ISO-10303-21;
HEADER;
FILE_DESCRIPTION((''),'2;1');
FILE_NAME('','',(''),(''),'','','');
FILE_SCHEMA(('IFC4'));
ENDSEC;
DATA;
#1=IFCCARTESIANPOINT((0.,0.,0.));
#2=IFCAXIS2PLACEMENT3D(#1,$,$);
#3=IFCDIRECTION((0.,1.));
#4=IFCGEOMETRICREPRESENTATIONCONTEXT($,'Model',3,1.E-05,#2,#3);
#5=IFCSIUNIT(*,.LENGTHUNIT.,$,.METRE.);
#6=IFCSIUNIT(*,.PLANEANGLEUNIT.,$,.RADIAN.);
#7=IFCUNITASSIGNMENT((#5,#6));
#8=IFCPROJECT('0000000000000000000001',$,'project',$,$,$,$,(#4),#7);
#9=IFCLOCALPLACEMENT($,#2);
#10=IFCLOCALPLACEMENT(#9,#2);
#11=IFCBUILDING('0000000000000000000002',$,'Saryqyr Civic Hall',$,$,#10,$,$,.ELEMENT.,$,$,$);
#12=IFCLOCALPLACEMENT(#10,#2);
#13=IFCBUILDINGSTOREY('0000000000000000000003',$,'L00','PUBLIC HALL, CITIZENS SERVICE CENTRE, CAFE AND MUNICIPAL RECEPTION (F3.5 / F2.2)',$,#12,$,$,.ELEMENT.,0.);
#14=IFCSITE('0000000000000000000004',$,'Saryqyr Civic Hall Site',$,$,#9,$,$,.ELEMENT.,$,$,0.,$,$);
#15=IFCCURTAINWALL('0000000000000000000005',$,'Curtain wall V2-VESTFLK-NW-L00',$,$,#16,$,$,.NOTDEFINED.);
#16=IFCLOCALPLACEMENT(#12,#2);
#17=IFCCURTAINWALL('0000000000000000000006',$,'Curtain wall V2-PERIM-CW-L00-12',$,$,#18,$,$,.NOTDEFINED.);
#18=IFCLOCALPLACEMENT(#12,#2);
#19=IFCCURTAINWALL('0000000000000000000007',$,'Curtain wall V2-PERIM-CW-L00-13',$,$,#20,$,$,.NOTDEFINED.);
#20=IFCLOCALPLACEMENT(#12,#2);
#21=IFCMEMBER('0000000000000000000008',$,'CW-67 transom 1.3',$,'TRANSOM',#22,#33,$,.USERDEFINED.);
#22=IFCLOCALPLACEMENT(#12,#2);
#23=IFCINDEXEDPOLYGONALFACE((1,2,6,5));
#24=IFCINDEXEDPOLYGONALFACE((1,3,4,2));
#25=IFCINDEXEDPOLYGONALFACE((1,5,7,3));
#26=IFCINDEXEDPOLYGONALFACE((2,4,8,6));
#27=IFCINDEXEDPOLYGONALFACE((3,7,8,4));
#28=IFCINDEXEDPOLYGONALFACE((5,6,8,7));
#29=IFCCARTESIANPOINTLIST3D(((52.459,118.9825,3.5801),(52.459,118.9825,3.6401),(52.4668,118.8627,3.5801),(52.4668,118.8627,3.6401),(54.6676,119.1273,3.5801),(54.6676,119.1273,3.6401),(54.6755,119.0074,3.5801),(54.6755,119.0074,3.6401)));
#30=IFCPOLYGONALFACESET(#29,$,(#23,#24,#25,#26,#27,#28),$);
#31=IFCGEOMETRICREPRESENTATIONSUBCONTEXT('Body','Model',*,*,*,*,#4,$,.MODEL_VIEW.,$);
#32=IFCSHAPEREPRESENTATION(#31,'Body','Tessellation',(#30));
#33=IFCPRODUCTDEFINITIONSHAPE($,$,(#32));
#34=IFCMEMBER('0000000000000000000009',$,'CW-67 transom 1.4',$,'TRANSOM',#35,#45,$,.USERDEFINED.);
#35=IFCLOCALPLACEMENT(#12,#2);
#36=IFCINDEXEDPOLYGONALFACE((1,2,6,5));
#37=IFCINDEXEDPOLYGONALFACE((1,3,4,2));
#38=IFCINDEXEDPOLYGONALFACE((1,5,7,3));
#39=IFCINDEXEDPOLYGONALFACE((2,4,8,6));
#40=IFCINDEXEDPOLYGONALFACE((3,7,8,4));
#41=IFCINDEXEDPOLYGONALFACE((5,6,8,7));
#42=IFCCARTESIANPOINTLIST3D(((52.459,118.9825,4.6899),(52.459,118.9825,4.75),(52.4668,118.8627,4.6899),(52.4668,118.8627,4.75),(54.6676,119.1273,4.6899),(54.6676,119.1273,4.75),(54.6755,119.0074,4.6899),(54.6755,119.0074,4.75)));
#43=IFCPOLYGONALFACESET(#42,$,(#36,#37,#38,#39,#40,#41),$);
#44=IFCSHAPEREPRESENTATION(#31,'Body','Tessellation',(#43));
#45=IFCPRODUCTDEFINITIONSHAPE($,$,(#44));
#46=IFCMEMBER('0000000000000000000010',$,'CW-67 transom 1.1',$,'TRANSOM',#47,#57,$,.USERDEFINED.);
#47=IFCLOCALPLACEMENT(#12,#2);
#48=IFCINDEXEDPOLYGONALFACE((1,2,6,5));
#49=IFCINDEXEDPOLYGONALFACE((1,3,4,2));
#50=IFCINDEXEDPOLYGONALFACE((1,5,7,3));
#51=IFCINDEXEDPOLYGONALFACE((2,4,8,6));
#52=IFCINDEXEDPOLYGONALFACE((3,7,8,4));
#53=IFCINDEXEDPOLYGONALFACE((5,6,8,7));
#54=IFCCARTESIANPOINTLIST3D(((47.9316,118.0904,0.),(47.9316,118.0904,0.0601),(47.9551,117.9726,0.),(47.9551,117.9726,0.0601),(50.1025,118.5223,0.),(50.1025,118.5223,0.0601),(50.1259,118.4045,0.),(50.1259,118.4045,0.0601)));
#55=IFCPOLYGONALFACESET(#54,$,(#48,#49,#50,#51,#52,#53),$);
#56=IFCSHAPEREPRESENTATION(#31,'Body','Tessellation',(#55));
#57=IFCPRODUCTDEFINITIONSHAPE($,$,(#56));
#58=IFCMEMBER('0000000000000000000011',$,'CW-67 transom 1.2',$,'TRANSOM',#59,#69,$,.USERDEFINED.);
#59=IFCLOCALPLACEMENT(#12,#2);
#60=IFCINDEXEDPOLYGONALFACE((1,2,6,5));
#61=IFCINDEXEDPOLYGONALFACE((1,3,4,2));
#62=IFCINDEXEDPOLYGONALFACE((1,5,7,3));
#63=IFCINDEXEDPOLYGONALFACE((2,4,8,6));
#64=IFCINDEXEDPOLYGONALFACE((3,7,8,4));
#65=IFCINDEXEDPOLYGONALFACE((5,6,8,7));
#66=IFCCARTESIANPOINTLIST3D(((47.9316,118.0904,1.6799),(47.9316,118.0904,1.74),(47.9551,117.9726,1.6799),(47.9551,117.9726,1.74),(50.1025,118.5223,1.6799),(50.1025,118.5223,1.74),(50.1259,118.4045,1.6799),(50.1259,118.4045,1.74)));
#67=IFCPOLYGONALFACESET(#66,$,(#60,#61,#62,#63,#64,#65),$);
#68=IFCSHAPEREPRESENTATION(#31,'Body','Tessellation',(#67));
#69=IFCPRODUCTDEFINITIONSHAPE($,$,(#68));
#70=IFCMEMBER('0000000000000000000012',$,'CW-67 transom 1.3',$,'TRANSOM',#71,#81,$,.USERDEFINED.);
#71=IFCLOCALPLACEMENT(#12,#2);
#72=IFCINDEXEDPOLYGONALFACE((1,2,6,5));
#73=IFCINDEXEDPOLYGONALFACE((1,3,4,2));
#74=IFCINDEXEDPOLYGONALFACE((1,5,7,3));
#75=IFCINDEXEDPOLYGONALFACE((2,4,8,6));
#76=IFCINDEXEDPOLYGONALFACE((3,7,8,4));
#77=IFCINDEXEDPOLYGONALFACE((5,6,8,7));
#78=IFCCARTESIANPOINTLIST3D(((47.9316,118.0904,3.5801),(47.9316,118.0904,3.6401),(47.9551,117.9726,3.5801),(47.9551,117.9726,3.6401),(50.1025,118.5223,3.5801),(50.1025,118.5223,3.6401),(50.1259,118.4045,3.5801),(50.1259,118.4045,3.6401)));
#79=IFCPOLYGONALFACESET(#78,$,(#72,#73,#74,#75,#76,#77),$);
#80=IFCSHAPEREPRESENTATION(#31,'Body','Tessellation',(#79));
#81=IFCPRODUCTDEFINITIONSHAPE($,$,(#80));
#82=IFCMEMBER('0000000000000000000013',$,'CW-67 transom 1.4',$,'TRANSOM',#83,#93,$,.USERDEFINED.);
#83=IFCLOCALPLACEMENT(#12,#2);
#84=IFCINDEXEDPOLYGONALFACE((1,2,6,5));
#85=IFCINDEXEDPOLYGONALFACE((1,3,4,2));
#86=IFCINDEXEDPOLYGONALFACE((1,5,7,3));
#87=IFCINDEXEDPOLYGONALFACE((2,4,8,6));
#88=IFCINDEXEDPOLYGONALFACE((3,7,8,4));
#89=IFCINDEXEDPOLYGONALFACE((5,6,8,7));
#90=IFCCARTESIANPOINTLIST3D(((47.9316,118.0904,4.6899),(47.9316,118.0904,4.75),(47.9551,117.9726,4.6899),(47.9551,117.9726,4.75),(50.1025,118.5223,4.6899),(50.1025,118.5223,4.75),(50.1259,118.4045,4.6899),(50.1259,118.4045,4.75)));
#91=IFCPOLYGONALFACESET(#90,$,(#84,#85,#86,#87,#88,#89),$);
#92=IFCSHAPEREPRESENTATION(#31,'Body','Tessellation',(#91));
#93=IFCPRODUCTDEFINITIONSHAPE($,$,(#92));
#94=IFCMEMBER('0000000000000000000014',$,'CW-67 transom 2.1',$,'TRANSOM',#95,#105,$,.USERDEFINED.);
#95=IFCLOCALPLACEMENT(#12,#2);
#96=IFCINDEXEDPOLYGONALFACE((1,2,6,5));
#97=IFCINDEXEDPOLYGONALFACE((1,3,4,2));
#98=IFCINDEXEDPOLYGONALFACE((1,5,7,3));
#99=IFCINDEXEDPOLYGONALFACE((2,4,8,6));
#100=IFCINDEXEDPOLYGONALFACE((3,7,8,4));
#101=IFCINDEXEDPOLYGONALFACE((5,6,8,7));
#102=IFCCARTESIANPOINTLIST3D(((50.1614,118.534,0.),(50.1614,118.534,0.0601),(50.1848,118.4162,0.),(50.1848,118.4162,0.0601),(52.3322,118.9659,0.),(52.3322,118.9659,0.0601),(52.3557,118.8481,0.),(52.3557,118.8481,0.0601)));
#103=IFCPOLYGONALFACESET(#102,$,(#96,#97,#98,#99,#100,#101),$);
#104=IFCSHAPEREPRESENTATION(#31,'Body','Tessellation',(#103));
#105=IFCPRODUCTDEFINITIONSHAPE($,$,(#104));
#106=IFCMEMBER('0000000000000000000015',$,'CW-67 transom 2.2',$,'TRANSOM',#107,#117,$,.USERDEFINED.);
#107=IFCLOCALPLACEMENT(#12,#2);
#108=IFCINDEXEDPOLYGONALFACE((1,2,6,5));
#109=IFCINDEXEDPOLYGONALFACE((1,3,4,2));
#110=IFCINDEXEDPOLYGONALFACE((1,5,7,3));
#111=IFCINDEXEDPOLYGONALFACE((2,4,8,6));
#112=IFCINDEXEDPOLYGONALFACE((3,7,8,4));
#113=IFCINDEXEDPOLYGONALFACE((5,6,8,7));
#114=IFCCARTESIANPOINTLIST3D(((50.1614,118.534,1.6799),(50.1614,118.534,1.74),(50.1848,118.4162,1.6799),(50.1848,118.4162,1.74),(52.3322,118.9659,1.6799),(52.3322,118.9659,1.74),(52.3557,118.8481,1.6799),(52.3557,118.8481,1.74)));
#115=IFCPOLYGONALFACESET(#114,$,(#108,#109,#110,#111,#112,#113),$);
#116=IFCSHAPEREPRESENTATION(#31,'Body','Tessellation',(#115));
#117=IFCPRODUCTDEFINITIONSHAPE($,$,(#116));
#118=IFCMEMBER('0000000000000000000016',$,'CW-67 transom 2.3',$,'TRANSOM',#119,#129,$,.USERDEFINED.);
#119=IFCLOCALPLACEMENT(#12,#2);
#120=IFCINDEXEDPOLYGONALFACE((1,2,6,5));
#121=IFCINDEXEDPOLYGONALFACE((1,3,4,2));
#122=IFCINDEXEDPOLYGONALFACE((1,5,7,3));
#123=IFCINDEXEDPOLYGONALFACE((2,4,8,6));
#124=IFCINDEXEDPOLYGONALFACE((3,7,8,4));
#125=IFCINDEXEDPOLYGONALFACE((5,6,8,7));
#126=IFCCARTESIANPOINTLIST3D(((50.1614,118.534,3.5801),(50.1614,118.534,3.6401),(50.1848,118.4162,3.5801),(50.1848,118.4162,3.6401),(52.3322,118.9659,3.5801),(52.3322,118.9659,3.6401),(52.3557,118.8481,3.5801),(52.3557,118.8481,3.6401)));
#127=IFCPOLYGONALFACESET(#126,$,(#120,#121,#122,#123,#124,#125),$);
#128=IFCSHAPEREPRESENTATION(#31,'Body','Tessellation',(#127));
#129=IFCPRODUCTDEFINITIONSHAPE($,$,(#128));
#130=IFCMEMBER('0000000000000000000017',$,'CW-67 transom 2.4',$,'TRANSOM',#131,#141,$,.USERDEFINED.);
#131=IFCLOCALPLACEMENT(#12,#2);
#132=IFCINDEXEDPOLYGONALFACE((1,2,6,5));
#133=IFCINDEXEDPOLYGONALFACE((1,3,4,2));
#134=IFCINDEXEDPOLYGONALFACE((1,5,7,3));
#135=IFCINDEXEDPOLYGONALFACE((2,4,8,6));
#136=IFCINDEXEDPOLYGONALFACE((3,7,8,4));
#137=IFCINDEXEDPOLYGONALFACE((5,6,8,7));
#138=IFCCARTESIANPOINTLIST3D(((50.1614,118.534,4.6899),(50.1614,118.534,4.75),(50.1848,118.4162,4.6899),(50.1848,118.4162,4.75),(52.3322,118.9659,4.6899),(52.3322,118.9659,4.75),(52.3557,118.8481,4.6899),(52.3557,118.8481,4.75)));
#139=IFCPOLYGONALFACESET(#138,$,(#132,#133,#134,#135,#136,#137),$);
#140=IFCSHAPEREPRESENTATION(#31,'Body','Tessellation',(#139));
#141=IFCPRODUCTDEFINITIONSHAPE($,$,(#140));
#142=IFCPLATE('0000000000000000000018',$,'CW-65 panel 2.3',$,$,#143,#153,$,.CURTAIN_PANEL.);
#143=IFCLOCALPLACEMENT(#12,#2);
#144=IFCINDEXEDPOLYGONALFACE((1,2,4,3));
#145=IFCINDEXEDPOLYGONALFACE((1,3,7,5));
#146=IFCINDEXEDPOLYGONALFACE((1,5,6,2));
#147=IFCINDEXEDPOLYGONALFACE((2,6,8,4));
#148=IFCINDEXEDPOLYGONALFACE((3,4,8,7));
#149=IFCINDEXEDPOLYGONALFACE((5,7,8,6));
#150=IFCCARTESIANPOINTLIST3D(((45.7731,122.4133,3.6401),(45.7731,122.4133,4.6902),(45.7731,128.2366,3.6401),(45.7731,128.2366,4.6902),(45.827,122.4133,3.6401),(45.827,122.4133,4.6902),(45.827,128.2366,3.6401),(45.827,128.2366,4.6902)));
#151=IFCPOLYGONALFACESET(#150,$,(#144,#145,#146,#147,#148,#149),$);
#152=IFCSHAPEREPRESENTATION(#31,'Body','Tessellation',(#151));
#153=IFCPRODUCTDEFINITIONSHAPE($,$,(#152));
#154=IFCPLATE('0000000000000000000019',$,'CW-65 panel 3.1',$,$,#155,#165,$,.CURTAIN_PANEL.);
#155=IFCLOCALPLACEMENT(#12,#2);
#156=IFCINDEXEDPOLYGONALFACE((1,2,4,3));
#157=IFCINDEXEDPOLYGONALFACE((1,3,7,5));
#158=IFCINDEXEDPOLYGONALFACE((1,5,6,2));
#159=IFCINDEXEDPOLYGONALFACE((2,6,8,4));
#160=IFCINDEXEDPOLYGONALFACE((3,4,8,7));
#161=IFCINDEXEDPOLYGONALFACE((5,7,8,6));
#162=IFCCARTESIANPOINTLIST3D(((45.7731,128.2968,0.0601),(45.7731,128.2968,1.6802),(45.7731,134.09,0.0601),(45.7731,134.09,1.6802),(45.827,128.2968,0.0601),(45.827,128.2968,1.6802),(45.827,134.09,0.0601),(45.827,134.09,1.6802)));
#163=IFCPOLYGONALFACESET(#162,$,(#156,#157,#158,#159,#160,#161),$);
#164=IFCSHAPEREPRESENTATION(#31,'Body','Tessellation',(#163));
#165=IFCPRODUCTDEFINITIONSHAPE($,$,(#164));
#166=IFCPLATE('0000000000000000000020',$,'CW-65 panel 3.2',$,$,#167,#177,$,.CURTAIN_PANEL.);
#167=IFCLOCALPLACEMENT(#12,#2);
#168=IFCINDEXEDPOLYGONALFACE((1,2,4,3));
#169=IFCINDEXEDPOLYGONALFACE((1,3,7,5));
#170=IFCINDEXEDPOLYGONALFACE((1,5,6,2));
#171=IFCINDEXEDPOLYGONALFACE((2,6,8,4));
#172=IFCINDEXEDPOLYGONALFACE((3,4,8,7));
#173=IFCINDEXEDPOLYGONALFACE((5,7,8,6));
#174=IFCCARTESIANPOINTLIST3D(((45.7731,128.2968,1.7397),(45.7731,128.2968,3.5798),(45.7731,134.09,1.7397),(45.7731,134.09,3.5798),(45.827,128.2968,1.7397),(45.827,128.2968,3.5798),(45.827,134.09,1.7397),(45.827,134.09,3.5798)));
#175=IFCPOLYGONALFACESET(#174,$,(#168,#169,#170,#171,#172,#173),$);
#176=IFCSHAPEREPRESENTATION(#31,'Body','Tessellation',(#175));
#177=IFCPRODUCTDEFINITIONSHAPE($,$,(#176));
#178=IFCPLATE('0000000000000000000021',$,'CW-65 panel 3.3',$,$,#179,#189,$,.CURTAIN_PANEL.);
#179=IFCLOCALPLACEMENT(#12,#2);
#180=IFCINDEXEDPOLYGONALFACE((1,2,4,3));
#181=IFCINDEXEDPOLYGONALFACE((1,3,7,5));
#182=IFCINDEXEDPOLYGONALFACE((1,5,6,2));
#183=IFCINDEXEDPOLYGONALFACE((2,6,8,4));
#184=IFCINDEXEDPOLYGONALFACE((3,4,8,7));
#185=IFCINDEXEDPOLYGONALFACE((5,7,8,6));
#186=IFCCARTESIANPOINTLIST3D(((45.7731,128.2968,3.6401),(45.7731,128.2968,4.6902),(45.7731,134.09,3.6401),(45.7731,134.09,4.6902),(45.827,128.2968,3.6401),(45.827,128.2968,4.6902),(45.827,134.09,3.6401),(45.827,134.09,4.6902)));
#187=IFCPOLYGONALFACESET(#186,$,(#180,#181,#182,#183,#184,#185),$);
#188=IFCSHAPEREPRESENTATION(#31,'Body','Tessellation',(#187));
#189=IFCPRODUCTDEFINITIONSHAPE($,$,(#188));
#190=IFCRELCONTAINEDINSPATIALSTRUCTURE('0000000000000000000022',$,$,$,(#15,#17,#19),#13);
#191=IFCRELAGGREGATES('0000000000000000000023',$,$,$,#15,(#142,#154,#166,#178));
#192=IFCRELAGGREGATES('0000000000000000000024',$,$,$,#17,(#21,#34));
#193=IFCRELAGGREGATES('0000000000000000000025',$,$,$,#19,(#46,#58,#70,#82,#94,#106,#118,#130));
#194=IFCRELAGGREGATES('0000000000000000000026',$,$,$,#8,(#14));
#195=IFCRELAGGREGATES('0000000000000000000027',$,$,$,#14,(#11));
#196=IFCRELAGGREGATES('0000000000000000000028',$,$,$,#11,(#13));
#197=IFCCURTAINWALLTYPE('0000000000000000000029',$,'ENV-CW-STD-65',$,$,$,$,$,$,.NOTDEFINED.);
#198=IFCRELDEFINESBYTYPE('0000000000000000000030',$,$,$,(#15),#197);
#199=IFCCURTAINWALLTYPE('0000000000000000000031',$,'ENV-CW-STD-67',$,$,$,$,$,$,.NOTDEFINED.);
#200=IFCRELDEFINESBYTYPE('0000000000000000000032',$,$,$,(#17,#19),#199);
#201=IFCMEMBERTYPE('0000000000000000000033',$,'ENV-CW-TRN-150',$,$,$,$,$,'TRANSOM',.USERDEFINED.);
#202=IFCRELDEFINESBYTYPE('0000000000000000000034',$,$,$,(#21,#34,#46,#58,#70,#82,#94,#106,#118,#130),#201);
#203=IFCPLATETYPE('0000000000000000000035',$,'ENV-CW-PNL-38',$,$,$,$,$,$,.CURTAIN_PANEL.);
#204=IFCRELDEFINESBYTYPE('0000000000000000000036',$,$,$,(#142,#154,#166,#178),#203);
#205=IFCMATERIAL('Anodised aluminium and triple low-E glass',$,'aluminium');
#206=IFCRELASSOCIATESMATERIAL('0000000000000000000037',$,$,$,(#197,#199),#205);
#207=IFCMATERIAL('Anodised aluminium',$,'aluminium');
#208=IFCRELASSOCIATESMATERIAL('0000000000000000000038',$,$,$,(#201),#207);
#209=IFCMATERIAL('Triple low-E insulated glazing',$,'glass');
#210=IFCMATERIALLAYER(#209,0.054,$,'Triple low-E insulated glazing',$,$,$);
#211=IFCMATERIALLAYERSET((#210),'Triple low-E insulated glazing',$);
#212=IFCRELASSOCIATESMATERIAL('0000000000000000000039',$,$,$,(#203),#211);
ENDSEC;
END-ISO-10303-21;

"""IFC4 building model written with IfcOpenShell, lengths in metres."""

from ifc_helpers import new_model, si_unit, direction, frame, origin, origin_2d, place, context, subcontext, project, spatial, rectangle, extrude, material, layer, layer_set, material_profile, profile_set, type_object, element, aggregate, save


model = new_model("IFC4")

# Units and contexts
model_context = context("Model", 3, precision=1e-05, world=origin(), true_north=direction((0.0, 1.0)))
body_context = subcontext(model_context, "Body", "Model", "MODEL_VIEW")
ifc_project = project(units=[si_unit("LENGTHUNIT", "METRE"), si_unit("PLANEANGLEUNIT", "RADIAN")], contexts=[model_context])

# Site, building, storey
site_placement = place(None, origin())
site = spatial("IfcSite", under=ifc_project, at=site_placement, Name="Saryqyr Civic Hall Site", CompositionType="ELEMENT", RefElevation=0.0)
building_placement = place(site_placement, origin())
building = spatial("IfcBuilding", under=site, at=building_placement, Name="Saryqyr Civic Hall", CompositionType="ELEMENT")
storey_placement = place(building_placement, origin())
storey = spatial("IfcBuildingStorey", under=building, at=storey_placement, Name="L00", Description="PUBLIC HALL, CITIZENS SERVICE CENTRE, CAFE AND MUNICIPAL RECEPTION (F3.5 / F2.2)", CompositionType="ELEMENT", Elevation=0.0)

# Curtain wall
ifc_material_1 = material(Name="Anodised aluminium and triple low-E glass", Category="aluminium")
curtain_wall_type_1 = type_object("IfcCurtainWallType", Name="ENV-CW-STD-65", PredefinedType="NOTDEFINED", material=ifc_material_1)
curtain_wall_1_placement = place(storey_placement, origin())
curtain_wall_1 = element("IfcCurtainWall", 1, at=curtain_wall_1_placement, inside=storey, type_object=curtain_wall_type_1, Name="Curtain wall V2-VESTFLK-NW-L00", PredefinedType="NOTDEFINED")
ifc_material_2 = material(Name="Anodised aluminium", Category="aluminium")

# Curtain wall
curtain_wall_type_2 = type_object("IfcCurtainWallType", Name="ENV-CW-STD-67", PredefinedType="NOTDEFINED", material=ifc_material_1)
curtain_wall_2_placement = place(storey_placement, origin())
curtain_wall_2 = element("IfcCurtainWall", 2, at=curtain_wall_2_placement, inside=storey, type_object=curtain_wall_type_2, Name="Curtain wall V2-PERIM-CW-L00-12", PredefinedType="NOTDEFINED")

# Curtain wall
curtain_wall_3_placement = place(storey_placement, origin())
curtain_wall_3 = element("IfcCurtainWall", 3, at=curtain_wall_3_placement, inside=storey, type_object=curtain_wall_type_2, Name="Curtain wall V2-PERIM-CW-L00-13", PredefinedType="NOTDEFINED")

# Members
ifc_material_profile_1 = material_profile(ifc_material_2, rectangle(XDim=0.1201, YDim=0.0601, at=origin_2d()), Name="ALU TRANSOM 120x60")
ifc_profile_set_1 = profile_set([ifc_material_profile_1], Name="Anodised aluminium")
member_type_1 = type_object("IfcMemberType", Name="ENV-CW-TRN-150", ElementType="TRANSOM", PredefinedType="USERDEFINED", material=ifc_profile_set_1)
member_1_placement = place(storey_placement, frame((52.4629, 118.9226, 3.6101), z_axis=(0.997859, 0.065406, 0.0), x_axis=(-0.065406, 0.997859, 0.0)))
member_1 = element("IfcMember", 4, at=member_1_placement, type_object=member_type_1, Name="CW-67 transom 1.3", ObjectType="TRANSOM", PredefinedType="USERDEFINED", context=body_context, shape_type="SweptSolid", body=[
    extrude(rectangle(XDim=0.1201, YDim=0.0601, at=origin_2d()), origin(), (0.0, 0.0, 1.0), 2.2134),
])
member_2_placement = place(storey_placement, frame((52.4629, 118.9226, 4.72), z_axis=(0.997859, 0.065406, 0.0), x_axis=(-0.065406, 0.997859, 0.0)))
member_2 = element("IfcMember", 5, at=member_2_placement, type_object=member_type_1, Name="CW-67 transom 1.4", ObjectType="TRANSOM", PredefinedType="USERDEFINED", context=body_context, shape_type="SweptSolid", body=[
    extrude(rectangle(XDim=0.1201, YDim=0.0601, at=origin_2d()), origin(), (0.0, 0.0, 1.0), 2.2134),
])
member_3_placement = place(storey_placement, frame((47.9434, 118.0315, 0.03), z_axis=(0.98078, 0.195119, 0.0), x_axis=(-0.195119, 0.98078, 0.0)))
member_3 = element("IfcMember", 6, at=member_3_placement, type_object=member_type_1, Name="CW-67 transom 1.1", ObjectType="TRANSOM", PredefinedType="USERDEFINED", context=body_context, shape_type="SweptSolid", body=[
    extrude(rectangle(XDim=0.1201, YDim=0.0601, at=origin_2d()), origin(), (0.0, 0.0, 1.0), 2.2134),
])
member_4_placement = place(storey_placement, frame((47.9434, 118.0315, 1.71), z_axis=(0.98078, 0.195119, 0.0), x_axis=(-0.195119, 0.98078, 0.0)))
member_4 = element("IfcMember", 7, at=member_4_placement, type_object=member_type_1, Name="CW-67 transom 1.2", ObjectType="TRANSOM", PredefinedType="USERDEFINED", context=body_context, shape_type="SweptSolid", body=[
    extrude(rectangle(XDim=0.1201, YDim=0.0601, at=origin_2d()), origin(), (0.0, 0.0, 1.0), 2.2134),
])
member_5_placement = place(storey_placement, frame((47.9434, 118.0315, 3.6101), z_axis=(0.98078, 0.195119, 0.0), x_axis=(-0.195119, 0.98078, 0.0)))
member_5 = element("IfcMember", 8, at=member_5_placement, type_object=member_type_1, Name="CW-67 transom 1.3", ObjectType="TRANSOM", PredefinedType="USERDEFINED", context=body_context, shape_type="SweptSolid", body=[
    extrude(rectangle(XDim=0.1201, YDim=0.0601, at=origin_2d()), origin(), (0.0, 0.0, 1.0), 2.2134),
])
member_6_placement = place(storey_placement, frame((47.9434, 118.0315, 4.72), z_axis=(0.98078, 0.195119, 0.0), x_axis=(-0.195119, 0.98078, 0.0)))
member_6 = element("IfcMember", 9, at=member_6_placement, type_object=member_type_1, Name="CW-67 transom 1.4", ObjectType="TRANSOM", PredefinedType="USERDEFINED", context=body_context, shape_type="SweptSolid", body=[
    extrude(rectangle(XDim=0.1201, YDim=0.0601, at=origin_2d()), origin(), (0.0, 0.0, 1.0), 2.2134),
])
member_7_placement = place(storey_placement, frame((50.1731, 118.4751, 0.03), z_axis=(0.98078, 0.195119, 0.0), x_axis=(-0.195119, 0.98078, 0.0)))
member_7 = element("IfcMember", 10, at=member_7_placement, type_object=member_type_1, Name="CW-67 transom 2.1", ObjectType="TRANSOM", PredefinedType="USERDEFINED", context=body_context, shape_type="SweptSolid", body=[
    extrude(rectangle(XDim=0.1201, YDim=0.0601, at=origin_2d()), origin(), (0.0, 0.0, 1.0), 2.2134),
])
member_8_placement = place(storey_placement, frame((50.1731, 118.4751, 1.71), z_axis=(0.98078, 0.195119, 0.0), x_axis=(-0.195119, 0.98078, 0.0)))
member_8 = element("IfcMember", 11, at=member_8_placement, type_object=member_type_1, Name="CW-67 transom 2.2", ObjectType="TRANSOM", PredefinedType="USERDEFINED", context=body_context, shape_type="SweptSolid", body=[
    extrude(rectangle(XDim=0.1201, YDim=0.0601, at=origin_2d()), origin(), (0.0, 0.0, 1.0), 2.2134),
])
member_9_placement = place(storey_placement, frame((50.1731, 118.4751, 3.6101), z_axis=(0.98078, 0.195119, 0.0), x_axis=(-0.195119, 0.98078, 0.0)))
member_9 = element("IfcMember", 12, at=member_9_placement, type_object=member_type_1, Name="CW-67 transom 2.3", ObjectType="TRANSOM", PredefinedType="USERDEFINED", context=body_context, shape_type="SweptSolid", body=[
    extrude(rectangle(XDim=0.1201, YDim=0.0601, at=origin_2d()), origin(), (0.0, 0.0, 1.0), 2.2134),
])
member_10_placement = place(storey_placement, frame((50.1731, 118.4751, 4.72), z_axis=(0.98078, 0.195119, 0.0), x_axis=(-0.195119, 0.98078, 0.0)))
member_10 = element("IfcMember", 13, at=member_10_placement, type_object=member_type_1, Name="CW-67 transom 2.4", ObjectType="TRANSOM", PredefinedType="USERDEFINED", context=body_context, shape_type="SweptSolid", body=[
    extrude(rectangle(XDim=0.1201, YDim=0.0601, at=origin_2d()), origin(), (0.0, 0.0, 1.0), 2.2134),
])

# Plates
ifc_material_3 = material(Name="Triple low-E insulated glazing", Category="glass")
ifc_layer = layer(ifc_material_3, 0.054, Name="Triple low-E insulated glazing")
ifc_layer_set = layer_set([ifc_layer], Name="Triple low-E insulated glazing")
plate_type = type_object("IfcPlateType", Name="ENV-CW-PNL-38", PredefinedType="CURTAIN_PANEL", material=ifc_layer_set)
plate_1_placement = place(storey_placement, frame((45.8, 125.325, 3.6401), z_axis=(0.0, 0.0, 1.0), x_axis=(0.0, 1.0, 0.0)))
plate_1 = element("IfcPlate", 14, at=plate_1_placement, type_object=plate_type, Name="CW-65 panel 2.3", PredefinedType="CURTAIN_PANEL", context=body_context, shape_type="SweptSolid", body=[
    extrude(rectangle(XDim=5.8232, YDim=0.054, at=origin_2d()), origin(), (0.0, 0.0, 1.0), 1.05),
])
plate_2_placement = place(storey_placement, frame((45.8, 131.1934, 0.0601), z_axis=(0.0, 0.0, 1.0), x_axis=(0.0, 1.0, 0.0)))
plate_2 = element("IfcPlate", 15, at=plate_2_placement, type_object=plate_type, Name="CW-65 panel 3.1", PredefinedType="CURTAIN_PANEL", context=body_context, shape_type="SweptSolid", body=[
    extrude(rectangle(XDim=5.7932, YDim=0.054, at=origin_2d()), origin(), (0.0, 0.0, 1.0), 1.6201),
])
plate_3_placement = place(storey_placement, frame((45.8, 131.1934, 1.7397), z_axis=(0.0, 0.0, 1.0), x_axis=(0.0, 1.0, 0.0)))
plate_3 = element("IfcPlate", 16, at=plate_3_placement, type_object=plate_type, Name="CW-65 panel 3.2", PredefinedType="CURTAIN_PANEL", context=body_context, shape_type="SweptSolid", body=[
    extrude(rectangle(XDim=5.7932, YDim=0.054, at=origin_2d()), origin(), (0.0, 0.0, 1.0), 1.8401),
])
plate_4_placement = place(storey_placement, frame((45.8, 131.1934, 3.6401), z_axis=(0.0, 0.0, 1.0), x_axis=(0.0, 1.0, 0.0)))
plate_4 = element("IfcPlate", 17, at=plate_4_placement, type_object=plate_type, Name="CW-65 panel 3.3", PredefinedType="CURTAIN_PANEL", context=body_context, shape_type="SweptSolid", body=[
    extrude(rectangle(XDim=5.7932, YDim=0.054, at=origin_2d()), origin(), (0.0, 0.0, 1.0), 1.05),
])
aggregate(curtain_wall_1, [plate_1, plate_2, plate_3, plate_4])
aggregate(curtain_wall_2, [member_1, member_2])
aggregate(curtain_wall_3, [member_3, member_4, member_5, member_6, member_7, member_8, member_9, member_10])

save(model, "model.ifc")
